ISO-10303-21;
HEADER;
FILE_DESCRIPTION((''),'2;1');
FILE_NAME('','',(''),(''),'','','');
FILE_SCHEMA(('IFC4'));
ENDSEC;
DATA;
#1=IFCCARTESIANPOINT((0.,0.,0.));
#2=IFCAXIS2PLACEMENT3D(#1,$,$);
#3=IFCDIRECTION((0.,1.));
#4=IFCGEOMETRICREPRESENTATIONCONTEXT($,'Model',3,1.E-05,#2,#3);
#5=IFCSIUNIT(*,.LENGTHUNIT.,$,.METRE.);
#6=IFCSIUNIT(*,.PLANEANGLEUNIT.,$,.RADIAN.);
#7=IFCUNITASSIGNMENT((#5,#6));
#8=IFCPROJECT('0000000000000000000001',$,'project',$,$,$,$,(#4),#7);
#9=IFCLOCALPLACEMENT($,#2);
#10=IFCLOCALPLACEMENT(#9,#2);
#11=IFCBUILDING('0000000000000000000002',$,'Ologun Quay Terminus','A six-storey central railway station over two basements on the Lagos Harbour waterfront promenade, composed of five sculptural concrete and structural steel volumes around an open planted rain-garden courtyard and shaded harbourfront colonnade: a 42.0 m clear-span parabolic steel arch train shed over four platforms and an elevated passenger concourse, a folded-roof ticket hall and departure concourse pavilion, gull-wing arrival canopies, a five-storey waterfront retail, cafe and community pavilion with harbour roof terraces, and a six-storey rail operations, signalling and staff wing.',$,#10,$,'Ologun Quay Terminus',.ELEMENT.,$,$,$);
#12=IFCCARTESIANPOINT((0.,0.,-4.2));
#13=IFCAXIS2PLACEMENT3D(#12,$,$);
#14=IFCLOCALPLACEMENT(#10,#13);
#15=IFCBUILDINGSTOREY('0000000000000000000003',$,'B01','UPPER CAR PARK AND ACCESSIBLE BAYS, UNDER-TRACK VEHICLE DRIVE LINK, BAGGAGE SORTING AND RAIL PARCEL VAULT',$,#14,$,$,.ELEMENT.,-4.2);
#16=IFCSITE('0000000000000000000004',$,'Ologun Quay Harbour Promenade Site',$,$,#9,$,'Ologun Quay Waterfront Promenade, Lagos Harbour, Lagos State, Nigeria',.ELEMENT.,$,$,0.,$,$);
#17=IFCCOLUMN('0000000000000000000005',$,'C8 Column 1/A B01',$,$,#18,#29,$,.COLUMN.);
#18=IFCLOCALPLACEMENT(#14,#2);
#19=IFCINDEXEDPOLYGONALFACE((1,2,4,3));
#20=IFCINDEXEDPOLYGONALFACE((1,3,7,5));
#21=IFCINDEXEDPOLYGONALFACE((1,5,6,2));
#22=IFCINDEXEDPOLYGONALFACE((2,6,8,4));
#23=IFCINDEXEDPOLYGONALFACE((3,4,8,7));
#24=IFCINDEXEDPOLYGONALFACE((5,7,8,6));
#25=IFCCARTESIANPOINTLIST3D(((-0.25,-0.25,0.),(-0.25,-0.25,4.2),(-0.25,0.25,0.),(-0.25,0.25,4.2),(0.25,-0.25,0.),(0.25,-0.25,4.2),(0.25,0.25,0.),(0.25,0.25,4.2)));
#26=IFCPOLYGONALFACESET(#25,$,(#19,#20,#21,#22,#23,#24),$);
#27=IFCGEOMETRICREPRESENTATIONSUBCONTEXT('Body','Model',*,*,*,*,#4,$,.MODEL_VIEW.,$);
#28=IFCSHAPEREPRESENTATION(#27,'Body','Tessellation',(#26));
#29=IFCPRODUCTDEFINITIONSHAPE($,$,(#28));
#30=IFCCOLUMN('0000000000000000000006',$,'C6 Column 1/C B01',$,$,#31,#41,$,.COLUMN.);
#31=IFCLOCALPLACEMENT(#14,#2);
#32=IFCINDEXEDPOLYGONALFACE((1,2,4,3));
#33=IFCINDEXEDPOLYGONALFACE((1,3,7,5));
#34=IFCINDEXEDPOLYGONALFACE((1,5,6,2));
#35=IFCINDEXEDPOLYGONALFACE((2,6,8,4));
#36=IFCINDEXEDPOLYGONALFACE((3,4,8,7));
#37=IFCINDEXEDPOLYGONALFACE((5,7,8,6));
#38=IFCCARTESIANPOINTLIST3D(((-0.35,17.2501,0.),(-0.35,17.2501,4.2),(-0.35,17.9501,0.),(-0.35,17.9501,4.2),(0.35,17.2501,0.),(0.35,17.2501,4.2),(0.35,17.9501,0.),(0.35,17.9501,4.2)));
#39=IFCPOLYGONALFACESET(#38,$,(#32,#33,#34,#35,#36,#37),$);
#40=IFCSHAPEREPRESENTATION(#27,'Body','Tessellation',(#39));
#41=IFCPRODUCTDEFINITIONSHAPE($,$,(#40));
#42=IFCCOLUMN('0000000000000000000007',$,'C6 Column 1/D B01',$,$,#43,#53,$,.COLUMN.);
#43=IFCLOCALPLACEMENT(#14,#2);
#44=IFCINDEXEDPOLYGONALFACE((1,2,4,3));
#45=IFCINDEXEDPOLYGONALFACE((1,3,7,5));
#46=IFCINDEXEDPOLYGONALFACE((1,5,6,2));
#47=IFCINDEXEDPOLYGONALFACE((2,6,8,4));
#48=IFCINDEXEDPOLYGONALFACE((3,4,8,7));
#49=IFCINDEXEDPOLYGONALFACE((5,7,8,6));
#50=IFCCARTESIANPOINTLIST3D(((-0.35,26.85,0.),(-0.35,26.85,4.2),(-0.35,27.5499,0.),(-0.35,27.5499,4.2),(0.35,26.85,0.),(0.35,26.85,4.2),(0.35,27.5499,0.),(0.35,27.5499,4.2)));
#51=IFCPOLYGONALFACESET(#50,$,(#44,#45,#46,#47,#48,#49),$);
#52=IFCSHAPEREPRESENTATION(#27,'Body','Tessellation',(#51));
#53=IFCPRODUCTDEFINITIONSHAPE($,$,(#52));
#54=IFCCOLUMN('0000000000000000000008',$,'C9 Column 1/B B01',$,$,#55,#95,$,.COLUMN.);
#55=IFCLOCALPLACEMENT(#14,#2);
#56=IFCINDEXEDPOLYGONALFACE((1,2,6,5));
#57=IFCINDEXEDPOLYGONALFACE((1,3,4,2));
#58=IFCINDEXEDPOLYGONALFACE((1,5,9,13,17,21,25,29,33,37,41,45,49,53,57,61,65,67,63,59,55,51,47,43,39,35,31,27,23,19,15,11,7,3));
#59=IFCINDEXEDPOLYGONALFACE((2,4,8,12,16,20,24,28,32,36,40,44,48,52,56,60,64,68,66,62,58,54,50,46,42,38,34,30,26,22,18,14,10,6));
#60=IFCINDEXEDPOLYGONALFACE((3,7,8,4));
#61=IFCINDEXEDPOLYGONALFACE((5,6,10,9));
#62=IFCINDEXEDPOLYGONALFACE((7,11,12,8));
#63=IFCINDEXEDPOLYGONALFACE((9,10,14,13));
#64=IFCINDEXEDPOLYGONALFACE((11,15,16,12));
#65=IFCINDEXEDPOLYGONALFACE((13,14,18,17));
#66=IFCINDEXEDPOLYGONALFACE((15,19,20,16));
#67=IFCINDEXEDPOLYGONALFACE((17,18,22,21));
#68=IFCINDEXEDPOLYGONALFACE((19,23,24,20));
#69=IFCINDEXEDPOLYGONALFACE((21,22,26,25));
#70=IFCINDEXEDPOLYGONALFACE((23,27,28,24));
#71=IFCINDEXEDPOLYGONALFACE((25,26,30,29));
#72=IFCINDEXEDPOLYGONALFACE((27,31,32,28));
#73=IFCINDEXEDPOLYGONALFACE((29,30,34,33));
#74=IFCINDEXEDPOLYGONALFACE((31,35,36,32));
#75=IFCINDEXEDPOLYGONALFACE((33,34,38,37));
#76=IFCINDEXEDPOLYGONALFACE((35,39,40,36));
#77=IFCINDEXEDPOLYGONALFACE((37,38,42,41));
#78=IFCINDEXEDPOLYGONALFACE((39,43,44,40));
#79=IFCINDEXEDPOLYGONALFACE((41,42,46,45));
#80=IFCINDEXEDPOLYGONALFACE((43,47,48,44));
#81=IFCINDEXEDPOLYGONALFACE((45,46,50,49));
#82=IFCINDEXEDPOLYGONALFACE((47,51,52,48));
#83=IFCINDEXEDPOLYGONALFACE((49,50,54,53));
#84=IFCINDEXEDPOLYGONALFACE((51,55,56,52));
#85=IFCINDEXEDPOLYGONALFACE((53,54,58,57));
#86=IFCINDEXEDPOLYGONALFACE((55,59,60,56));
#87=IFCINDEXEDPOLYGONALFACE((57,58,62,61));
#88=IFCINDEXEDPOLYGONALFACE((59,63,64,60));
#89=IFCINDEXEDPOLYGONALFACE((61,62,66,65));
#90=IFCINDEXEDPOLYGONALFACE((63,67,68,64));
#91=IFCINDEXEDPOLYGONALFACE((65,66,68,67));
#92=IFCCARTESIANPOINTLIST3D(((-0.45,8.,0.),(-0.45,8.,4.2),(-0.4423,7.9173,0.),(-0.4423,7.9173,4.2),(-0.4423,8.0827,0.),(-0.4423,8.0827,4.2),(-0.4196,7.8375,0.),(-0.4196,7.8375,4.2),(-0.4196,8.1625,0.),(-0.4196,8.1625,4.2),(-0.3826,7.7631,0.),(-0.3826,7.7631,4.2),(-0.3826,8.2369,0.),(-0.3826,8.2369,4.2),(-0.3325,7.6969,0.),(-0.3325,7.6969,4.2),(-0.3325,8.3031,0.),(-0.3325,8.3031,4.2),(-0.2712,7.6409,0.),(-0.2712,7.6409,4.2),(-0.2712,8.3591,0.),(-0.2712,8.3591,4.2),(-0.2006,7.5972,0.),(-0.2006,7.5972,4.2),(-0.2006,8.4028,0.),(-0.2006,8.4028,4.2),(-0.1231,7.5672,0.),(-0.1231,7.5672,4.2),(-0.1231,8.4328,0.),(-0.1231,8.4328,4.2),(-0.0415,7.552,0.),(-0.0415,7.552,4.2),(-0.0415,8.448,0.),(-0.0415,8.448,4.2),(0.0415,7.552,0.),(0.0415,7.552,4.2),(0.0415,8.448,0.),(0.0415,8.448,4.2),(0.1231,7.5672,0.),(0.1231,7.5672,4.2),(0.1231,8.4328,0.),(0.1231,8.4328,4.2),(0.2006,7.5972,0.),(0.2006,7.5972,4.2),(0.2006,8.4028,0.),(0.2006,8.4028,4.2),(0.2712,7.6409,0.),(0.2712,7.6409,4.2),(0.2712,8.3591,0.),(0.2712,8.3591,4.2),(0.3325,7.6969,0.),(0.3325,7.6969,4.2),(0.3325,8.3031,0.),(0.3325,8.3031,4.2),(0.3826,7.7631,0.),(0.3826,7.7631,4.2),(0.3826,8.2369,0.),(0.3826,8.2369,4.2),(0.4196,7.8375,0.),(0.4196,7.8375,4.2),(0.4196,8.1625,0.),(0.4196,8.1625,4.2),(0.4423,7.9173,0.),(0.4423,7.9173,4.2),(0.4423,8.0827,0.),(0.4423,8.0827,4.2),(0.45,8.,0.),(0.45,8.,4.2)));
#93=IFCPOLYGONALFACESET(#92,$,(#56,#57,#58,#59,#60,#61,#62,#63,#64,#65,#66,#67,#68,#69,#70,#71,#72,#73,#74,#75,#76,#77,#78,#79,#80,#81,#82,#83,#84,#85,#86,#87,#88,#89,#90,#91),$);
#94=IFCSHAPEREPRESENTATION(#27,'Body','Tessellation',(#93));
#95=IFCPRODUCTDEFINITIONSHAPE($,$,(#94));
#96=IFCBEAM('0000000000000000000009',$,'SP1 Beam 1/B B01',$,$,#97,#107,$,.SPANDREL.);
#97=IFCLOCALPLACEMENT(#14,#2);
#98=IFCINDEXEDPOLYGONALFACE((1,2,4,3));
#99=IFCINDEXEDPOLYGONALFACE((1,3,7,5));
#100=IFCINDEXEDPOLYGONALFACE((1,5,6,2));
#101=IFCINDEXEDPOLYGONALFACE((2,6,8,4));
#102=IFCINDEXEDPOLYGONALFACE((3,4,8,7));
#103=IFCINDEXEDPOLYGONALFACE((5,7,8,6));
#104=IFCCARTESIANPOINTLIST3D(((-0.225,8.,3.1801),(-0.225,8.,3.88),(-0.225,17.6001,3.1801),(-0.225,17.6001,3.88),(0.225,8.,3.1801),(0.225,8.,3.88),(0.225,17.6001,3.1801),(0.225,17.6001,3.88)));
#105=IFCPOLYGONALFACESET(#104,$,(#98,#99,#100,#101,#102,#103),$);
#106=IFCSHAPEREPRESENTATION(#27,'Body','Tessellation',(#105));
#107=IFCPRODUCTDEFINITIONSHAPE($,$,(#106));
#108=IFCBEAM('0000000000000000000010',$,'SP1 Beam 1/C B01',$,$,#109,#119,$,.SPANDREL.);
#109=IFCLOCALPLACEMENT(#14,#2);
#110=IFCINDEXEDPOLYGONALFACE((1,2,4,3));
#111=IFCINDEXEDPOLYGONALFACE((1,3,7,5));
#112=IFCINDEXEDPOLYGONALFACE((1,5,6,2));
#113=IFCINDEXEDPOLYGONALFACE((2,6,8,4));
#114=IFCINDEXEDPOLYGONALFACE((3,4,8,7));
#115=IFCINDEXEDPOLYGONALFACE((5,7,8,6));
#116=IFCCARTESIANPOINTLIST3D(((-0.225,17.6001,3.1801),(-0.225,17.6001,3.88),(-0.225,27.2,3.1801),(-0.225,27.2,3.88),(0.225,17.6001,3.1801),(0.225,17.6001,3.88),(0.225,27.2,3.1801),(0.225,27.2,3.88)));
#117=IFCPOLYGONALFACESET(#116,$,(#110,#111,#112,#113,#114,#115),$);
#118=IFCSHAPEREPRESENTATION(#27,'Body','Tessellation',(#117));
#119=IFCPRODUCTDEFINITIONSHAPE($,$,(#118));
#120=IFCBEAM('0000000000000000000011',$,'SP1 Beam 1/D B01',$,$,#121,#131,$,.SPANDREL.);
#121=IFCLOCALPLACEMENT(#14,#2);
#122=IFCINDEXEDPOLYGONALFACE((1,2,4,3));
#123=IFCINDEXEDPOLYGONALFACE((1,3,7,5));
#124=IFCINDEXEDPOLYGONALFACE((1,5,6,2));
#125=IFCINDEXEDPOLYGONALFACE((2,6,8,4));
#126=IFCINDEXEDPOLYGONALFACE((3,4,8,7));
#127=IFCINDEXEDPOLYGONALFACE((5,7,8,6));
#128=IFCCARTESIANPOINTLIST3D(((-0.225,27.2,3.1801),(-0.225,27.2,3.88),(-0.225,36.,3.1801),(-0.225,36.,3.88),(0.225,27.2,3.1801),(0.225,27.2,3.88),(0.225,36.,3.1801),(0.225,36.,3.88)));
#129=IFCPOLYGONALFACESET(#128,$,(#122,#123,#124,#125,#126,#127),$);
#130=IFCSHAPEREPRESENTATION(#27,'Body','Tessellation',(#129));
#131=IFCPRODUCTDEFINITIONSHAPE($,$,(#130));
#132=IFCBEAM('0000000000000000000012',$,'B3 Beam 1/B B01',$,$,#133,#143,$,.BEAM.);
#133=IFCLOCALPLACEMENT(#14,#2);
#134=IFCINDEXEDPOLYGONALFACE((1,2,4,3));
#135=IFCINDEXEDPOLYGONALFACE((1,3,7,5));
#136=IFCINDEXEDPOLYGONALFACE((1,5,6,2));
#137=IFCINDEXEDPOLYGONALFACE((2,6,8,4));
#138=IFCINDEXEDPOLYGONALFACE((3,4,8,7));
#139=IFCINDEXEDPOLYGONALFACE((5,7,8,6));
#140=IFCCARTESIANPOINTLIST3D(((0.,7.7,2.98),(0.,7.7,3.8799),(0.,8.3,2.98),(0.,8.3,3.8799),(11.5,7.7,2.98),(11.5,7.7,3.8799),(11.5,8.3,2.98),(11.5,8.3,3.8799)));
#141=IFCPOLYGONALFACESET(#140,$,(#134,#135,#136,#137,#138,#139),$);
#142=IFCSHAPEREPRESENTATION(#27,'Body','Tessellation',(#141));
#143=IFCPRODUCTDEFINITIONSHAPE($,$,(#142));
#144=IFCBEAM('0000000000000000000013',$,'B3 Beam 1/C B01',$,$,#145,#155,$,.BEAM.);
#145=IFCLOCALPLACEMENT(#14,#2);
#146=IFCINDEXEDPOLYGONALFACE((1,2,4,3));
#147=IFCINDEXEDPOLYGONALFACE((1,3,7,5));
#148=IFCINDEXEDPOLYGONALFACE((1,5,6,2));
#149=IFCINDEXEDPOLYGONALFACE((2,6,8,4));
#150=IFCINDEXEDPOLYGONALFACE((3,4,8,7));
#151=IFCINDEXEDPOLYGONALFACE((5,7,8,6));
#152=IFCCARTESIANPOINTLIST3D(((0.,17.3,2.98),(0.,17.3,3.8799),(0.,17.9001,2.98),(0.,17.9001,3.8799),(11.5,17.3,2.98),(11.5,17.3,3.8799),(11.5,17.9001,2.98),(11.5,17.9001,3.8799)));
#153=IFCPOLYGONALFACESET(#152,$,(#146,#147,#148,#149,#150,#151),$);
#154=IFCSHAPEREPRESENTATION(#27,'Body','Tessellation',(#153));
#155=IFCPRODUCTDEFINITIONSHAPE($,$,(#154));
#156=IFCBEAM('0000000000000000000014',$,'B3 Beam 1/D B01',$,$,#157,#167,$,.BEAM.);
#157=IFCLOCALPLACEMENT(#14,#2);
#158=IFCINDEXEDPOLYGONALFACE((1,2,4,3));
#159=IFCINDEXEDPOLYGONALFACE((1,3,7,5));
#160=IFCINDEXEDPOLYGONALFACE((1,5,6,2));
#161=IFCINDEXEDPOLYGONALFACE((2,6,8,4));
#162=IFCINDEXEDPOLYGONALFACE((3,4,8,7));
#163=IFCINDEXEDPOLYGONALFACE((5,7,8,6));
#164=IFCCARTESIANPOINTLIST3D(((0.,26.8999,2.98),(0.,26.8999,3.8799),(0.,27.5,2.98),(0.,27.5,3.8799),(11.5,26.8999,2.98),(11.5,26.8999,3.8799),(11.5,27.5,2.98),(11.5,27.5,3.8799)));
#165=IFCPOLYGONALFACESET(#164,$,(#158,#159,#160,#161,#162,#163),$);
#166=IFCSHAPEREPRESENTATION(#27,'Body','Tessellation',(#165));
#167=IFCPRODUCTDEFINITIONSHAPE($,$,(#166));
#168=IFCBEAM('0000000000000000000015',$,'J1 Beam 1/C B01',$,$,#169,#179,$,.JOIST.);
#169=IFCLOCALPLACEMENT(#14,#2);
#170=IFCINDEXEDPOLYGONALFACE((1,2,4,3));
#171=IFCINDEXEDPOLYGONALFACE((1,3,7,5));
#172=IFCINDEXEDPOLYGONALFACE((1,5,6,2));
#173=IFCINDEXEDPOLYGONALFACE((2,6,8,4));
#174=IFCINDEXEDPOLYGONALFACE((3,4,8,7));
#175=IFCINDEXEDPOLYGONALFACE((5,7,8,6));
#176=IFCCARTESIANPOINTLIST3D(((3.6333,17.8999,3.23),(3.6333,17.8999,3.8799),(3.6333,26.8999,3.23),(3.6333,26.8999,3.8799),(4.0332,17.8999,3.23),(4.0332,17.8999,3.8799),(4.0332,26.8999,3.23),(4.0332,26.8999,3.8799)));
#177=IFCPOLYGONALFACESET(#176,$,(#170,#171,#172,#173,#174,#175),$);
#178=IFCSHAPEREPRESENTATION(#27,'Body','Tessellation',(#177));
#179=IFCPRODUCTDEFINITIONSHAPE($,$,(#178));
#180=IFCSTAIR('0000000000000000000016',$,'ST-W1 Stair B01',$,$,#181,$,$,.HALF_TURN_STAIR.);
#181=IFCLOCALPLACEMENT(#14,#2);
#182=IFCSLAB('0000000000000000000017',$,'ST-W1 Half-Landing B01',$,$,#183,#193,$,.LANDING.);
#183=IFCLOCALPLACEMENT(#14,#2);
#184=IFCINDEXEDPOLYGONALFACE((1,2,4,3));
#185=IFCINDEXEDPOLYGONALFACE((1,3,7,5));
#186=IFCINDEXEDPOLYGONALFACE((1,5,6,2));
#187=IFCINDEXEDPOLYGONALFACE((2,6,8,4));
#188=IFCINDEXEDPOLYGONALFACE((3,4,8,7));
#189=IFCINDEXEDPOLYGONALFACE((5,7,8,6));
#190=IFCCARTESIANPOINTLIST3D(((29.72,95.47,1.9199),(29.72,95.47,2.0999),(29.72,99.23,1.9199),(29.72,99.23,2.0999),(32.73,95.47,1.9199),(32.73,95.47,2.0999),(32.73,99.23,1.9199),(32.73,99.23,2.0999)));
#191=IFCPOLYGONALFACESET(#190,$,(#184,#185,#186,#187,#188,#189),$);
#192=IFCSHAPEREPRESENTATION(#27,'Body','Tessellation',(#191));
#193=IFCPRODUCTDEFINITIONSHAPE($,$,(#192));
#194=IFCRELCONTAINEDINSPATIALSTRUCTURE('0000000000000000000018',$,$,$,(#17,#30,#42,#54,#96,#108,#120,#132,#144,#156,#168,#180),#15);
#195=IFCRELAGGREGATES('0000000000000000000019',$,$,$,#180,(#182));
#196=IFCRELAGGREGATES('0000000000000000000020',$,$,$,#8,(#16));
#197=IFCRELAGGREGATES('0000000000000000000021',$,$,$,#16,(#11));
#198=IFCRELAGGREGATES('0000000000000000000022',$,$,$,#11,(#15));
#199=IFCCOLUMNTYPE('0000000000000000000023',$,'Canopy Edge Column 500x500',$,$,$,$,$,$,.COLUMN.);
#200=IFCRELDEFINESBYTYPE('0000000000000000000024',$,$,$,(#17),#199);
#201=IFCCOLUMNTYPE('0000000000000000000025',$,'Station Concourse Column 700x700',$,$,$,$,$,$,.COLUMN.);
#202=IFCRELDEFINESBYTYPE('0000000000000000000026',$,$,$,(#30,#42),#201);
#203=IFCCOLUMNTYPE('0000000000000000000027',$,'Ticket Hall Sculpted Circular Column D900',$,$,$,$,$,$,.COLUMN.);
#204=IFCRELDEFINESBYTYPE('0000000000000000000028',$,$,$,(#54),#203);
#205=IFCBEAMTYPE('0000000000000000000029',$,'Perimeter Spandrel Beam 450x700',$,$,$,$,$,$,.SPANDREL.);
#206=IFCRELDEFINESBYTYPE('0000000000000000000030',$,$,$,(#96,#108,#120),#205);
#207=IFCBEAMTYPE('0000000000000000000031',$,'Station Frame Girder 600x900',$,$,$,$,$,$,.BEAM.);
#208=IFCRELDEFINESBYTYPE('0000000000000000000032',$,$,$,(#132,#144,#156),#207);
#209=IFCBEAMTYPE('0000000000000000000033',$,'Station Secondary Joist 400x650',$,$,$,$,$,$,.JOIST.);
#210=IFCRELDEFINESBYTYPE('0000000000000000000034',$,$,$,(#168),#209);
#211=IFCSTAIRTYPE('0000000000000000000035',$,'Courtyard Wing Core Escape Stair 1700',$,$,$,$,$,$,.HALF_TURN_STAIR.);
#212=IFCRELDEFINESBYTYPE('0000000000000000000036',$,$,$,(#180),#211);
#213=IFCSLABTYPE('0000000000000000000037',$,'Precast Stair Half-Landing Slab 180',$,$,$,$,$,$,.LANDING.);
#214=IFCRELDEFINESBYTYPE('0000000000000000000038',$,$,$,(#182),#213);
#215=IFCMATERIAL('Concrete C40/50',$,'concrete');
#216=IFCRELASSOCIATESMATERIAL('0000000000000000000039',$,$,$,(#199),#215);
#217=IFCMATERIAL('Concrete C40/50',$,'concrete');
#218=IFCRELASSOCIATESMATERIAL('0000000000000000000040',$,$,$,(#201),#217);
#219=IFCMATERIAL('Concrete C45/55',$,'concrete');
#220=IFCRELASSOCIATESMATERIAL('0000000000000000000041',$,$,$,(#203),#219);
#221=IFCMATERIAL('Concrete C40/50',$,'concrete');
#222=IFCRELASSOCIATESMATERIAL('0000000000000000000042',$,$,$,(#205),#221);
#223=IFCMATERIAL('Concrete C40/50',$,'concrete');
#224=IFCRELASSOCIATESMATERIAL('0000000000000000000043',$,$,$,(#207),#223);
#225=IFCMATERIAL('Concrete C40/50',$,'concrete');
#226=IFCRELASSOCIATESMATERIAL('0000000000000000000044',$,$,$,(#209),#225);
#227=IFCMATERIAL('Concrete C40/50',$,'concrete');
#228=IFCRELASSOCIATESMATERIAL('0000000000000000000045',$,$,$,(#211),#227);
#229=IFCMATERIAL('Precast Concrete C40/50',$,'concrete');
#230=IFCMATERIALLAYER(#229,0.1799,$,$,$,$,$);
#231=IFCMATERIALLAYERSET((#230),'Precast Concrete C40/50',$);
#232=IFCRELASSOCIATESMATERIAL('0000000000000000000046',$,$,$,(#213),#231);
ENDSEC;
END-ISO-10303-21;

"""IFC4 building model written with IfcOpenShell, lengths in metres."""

from ifc_helpers import new_model, si_unit, direction, frame, origin, origin_with_axes, origin_2d, place, context, subcontext, project, spatial, polyline, rectangle, circle, outline, extrude, material, layer, layer_set, material_profile, profile_set, type_object, element, aggregate, save


model = new_model("IFC4")

# Units and contexts
model_context = context("Model", 3, precision=1e-05, world=origin(), true_north=direction((0.0, 1.0)))
body_context = subcontext(model_context, "Body", "Model", "MODEL_VIEW")
ifc_project = project(units=[si_unit("LENGTHUNIT", "METRE"), si_unit("PLANEANGLEUNIT", "RADIAN")], contexts=[model_context])

# Site, building, storey
site_placement = place(None, origin())
site = spatial("IfcSite", under=ifc_project, at=site_placement, Name="Ologun Quay Harbour Promenade Site", LongName="Ologun Quay Waterfront Promenade, Lagos Harbour, Lagos State, Nigeria", CompositionType="ELEMENT", RefElevation=0.0)
building_placement = place(site_placement, origin())
building = spatial("IfcBuilding", under=site, at=building_placement, Name="Ologun Quay Terminus", Description="A six-storey central railway station over two basements on the Lagos Harbour waterfront promenade, composed of five sculptural concrete and structural steel volumes around an open planted rain-garden courtyard and shaded harbourfront colonnade: a 42.0 m clear-span parabolic steel arch train shed over four platforms and an elevated passenger concourse, a folded-roof ticket hall and departure concourse pavilion, gull-wing arrival canopies, a five-storey waterfront retail, cafe and community pavilion with harbour roof terraces, and a six-storey rail operations, signalling and staff wing.", LongName="Ologun Quay Terminus", CompositionType="ELEMENT")
storey_placement = place(building_placement, frame((0.0, 0.0, -4.2)))
storey = spatial("IfcBuildingStorey", under=building, at=storey_placement, Name="B01", Description="UPPER CAR PARK AND ACCESSIBLE BAYS, UNDER-TRACK VEHICLE DRIVE LINK, BAGGAGE SORTING AND RAIL PARCEL VAULT", CompositionType="ELEMENT", Elevation=-4.2)

# Columns
ifc_material_1 = material(Name="Concrete C40/50", Category="concrete")
ifc_material_profile_1 = material_profile(ifc_material_1, rectangle(XDim=0.5, YDim=0.5, at=origin_2d()), Name="RC 500x500")
ifc_profile_set_1 = profile_set([ifc_material_profile_1], Name="Concrete C40/50")
column_type_1 = type_object("IfcColumnType", Name="Canopy Edge Column 500x500", PredefinedType="COLUMN", material=ifc_profile_set_1)
column_1_placement = place(storey_placement, origin_with_axes())
element("IfcColumn", 1, at=column_1_placement, inside=storey, type_object=column_type_1, Name="C8 Column 1/A B01", PredefinedType="COLUMN", context=body_context, shape_type="SweptSolid", body=[
    extrude(rectangle(XDim=0.5, YDim=0.5, at=origin_2d()), origin(), (0.0, 0.0, 1.0), 4.2),
])
ifc_material_2 = material(Name="Concrete C40/50", Category="concrete")
ifc_material_profile_2 = material_profile(ifc_material_2, rectangle(XDim=0.7, YDim=0.7, at=origin_2d()), Name="RC 700x700")
ifc_profile_set_2 = profile_set([ifc_material_profile_2], Name="Concrete C40/50")
column_type_2 = type_object("IfcColumnType", Name="Station Concourse Column 700x700", PredefinedType="COLUMN", material=ifc_profile_set_2)
for number, where, z_axis, x_axis, name in (
    (2, (0.0, 17.6001, 0.0), (0.0, 0.0, 1.0), (1.0, 0.0, 0.0), "C6 Column 1/C B01"),
    (3, (0.0, 27.2, 0.0), (0.0, 0.0, 1.0), (1.0, 0.0, 0.0), "C6 Column 1/D B01"),
):
    element("IfcColumn", number, at=place(storey_placement, frame(where, z_axis=z_axis, x_axis=x_axis)), inside=storey, type_object=column_type_2, Name=name, PredefinedType="COLUMN", context=body_context, shape_type="SweptSolid", body=[
        extrude(rectangle(XDim=0.7, YDim=0.7, at=origin_2d()), origin(), (0.0, 0.0, 1.0), 4.2),
    ])
ifc_material_3 = material(Name="Concrete C45/55", Category="concrete")
ifc_material_profile_3 = material_profile(ifc_material_3, circle(Radius=0.45, at=origin_2d()), Name="RC D900")
ifc_profile_set_3 = profile_set([ifc_material_profile_3], Name="Concrete C45/55")
column_type_3 = type_object("IfcColumnType", Name="Ticket Hall Sculpted Circular Column D900", PredefinedType="COLUMN", material=ifc_profile_set_3)
column_2_placement = place(storey_placement, frame((0.0, 8.0, 0.0), z_axis=(0.0, 0.0, 1.0), x_axis=(1.0, 0.0, 0.0)))
element("IfcColumn", 4, at=column_2_placement, inside=storey, type_object=column_type_3, Name="C9 Column 1/B B01", PredefinedType="COLUMN", context=body_context, shape_type="SweptSolid", body=[
    extrude(circle(Radius=0.45, at=origin_2d()), origin(), (0.0, 0.0, 1.0), 4.2),
])

# Beams
ifc_material_4 = material(Name="Concrete C40/50", Category="concrete")
ifc_material_profile_4 = material_profile(ifc_material_4, rectangle(XDim=0.45, YDim=0.7, at=origin_2d()), Name="RC 450x700")
ifc_profile_set_4 = profile_set([ifc_material_profile_4], Name="Concrete C40/50")
beam_type_1 = type_object("IfcBeamType", Name="Perimeter Spandrel Beam 450x700", PredefinedType="SPANDREL", material=ifc_profile_set_4)
beam_1_placement = place(storey_placement, frame((0.0, 8.0, 3.53), z_axis=(0.0, 1.0, 0.0), x_axis=(-1.0, 0.0, 0.0)))
element("IfcBeam", 5, at=beam_1_placement, inside=storey, type_object=beam_type_1, Name="SP1 Beam 1/B B01", PredefinedType="SPANDREL", context=body_context, shape_type="SweptSolid", body=[
    extrude(rectangle(XDim=0.45, YDim=0.7, at=origin_2d()), origin(), (0.0, 0.0, 1.0), 9.6001),
])
beam_2_placement = place(storey_placement, frame((0.0, 17.6001, 3.53), z_axis=(0.0, 1.0, 0.0), x_axis=(-1.0, 0.0, 0.0)))
element("IfcBeam", 6, at=beam_2_placement, inside=storey, type_object=beam_type_1, Name="SP1 Beam 1/C B01", PredefinedType="SPANDREL", context=body_context, shape_type="SweptSolid", body=[
    extrude(rectangle(XDim=0.45, YDim=0.7, at=origin_2d()), origin(), (0.0, 0.0, 1.0), 9.5999),
])
beam_3_placement = place(storey_placement, frame((0.0, 27.2, 3.53), z_axis=(0.0, 1.0, 0.0), x_axis=(-1.0, 0.0, 0.0)))
element("IfcBeam", 7, at=beam_3_placement, inside=storey, type_object=beam_type_1, Name="SP1 Beam 1/D B01", PredefinedType="SPANDREL", context=body_context, shape_type="SweptSolid", body=[
    extrude(rectangle(XDim=0.45, YDim=0.7, at=origin_2d()), origin(), (0.0, 0.0, 1.0), 8.8),
])
ifc_material_5 = material(Name="Concrete C40/50", Category="concrete")
ifc_material_profile_5 = material_profile(ifc_material_5, rectangle(XDim=0.6001, YDim=0.8999, at=origin_2d()), Name="RC 600x900")
ifc_profile_set_5 = profile_set([ifc_material_profile_5], Name="Concrete C40/50")
beam_type_2 = type_object("IfcBeamType", Name="Station Frame Girder 600x900", PredefinedType="BEAM", material=ifc_profile_set_5)
for number, where, z_axis, x_axis, name in (
    (8, (0.0, 8.0, 3.4299), (1.0, 0.0, 0.0), (0.0, 1.0, 0.0), "B3 Beam 1/B B01"),
    (9, (0.0, 17.6001, 3.4299), (1.0, 0.0, 0.0), (0.0, 1.0, 0.0), "B3 Beam 1/C B01"),
    (10, (0.0, 27.2, 3.4299), (1.0, 0.0, 0.0), (0.0, 1.0, 0.0), "B3 Beam 1/D B01"),
):
    element("IfcBeam", number, at=place(storey_placement, frame(where, z_axis=z_axis, x_axis=x_axis)), inside=storey, type_object=beam_type_2, Name=name, PredefinedType="BEAM", context=body_context, shape_type="SweptSolid", body=[
        extrude(rectangle(XDim=0.6001, YDim=0.8999, at=origin_2d()), origin(), (0.0, 0.0, 1.0), 11.5),
    ])
ifc_material_6 = material(Name="Concrete C40/50", Category="concrete")
ifc_material_profile_6 = material_profile(ifc_material_6, rectangle(XDim=0.3999, YDim=0.6499, at=origin_2d()), Name="RC 400x650")
ifc_profile_set_6 = profile_set([ifc_material_profile_6], Name="Concrete C40/50")
beam_type_3 = type_object("IfcBeamType", Name="Station Secondary Joist 400x650", PredefinedType="JOIST", material=ifc_profile_set_6)
beam_4_placement = place(storey_placement, frame((3.8333, 17.8999, 3.5549), z_axis=(0.0, 1.0, 0.0), x_axis=(-1.0, 0.0, 0.0)))
element("IfcBeam", 11, at=beam_4_placement, inside=storey, type_object=beam_type_3, Name="J1 Beam 1/C B01", PredefinedType="JOIST", context=body_context, shape_type="SweptSolid", body=[
    extrude(rectangle(XDim=0.3999, YDim=0.6499, at=origin_2d()), origin(), (0.0, 0.0, 1.0), 9.0),
])

# Stair, slab
ifc_material_7 = material(Name="Concrete C40/50", Category="concrete")
stair_type_1 = type_object("IfcStairType", Name="Courtyard Wing Core Escape Stair 1700", PredefinedType="HALF_TURN_STAIR", material=ifc_material_7)
stair_1_placement = place(storey_placement, origin())
stair_1 = element("IfcStair", 12, at=stair_1_placement, inside=storey, type_object=stair_type_1, Name="ST-W1 Stair B01", PredefinedType="HALF_TURN_STAIR")
ifc_material_8 = material(Name="Precast Concrete C40/50", Category="concrete")
ifc_layer_1 = layer(ifc_material_8, 0.1799)
ifc_layer_set_1 = layer_set([ifc_layer_1], Name="Precast Concrete C40/50")
slab_type_1 = type_object("IfcSlabType", Name="Precast Stair Half-Landing Slab 180", PredefinedType="LANDING", material=ifc_layer_set_1)
slab_1_placement = place(storey_placement, frame((0.0, 0.0, 1.9199)))
slab_1 = element("IfcSlab", 13, at=slab_1_placement, type_object=slab_type_1, Name="ST-W1 Half-Landing B01", PredefinedType="LANDING", context=body_context, shape_type="SweptSolid", body=[
    extrude(outline(polyline([(29.72, 95.47), (32.73, 95.47), (32.73, 99.23), (29.72, 99.23), (29.72, 95.47)])), origin(), (0.0, 0.0, 1.0), 0.1799),
])
aggregate(stair_1, [slab_1])

save(model, "model.ifc")
